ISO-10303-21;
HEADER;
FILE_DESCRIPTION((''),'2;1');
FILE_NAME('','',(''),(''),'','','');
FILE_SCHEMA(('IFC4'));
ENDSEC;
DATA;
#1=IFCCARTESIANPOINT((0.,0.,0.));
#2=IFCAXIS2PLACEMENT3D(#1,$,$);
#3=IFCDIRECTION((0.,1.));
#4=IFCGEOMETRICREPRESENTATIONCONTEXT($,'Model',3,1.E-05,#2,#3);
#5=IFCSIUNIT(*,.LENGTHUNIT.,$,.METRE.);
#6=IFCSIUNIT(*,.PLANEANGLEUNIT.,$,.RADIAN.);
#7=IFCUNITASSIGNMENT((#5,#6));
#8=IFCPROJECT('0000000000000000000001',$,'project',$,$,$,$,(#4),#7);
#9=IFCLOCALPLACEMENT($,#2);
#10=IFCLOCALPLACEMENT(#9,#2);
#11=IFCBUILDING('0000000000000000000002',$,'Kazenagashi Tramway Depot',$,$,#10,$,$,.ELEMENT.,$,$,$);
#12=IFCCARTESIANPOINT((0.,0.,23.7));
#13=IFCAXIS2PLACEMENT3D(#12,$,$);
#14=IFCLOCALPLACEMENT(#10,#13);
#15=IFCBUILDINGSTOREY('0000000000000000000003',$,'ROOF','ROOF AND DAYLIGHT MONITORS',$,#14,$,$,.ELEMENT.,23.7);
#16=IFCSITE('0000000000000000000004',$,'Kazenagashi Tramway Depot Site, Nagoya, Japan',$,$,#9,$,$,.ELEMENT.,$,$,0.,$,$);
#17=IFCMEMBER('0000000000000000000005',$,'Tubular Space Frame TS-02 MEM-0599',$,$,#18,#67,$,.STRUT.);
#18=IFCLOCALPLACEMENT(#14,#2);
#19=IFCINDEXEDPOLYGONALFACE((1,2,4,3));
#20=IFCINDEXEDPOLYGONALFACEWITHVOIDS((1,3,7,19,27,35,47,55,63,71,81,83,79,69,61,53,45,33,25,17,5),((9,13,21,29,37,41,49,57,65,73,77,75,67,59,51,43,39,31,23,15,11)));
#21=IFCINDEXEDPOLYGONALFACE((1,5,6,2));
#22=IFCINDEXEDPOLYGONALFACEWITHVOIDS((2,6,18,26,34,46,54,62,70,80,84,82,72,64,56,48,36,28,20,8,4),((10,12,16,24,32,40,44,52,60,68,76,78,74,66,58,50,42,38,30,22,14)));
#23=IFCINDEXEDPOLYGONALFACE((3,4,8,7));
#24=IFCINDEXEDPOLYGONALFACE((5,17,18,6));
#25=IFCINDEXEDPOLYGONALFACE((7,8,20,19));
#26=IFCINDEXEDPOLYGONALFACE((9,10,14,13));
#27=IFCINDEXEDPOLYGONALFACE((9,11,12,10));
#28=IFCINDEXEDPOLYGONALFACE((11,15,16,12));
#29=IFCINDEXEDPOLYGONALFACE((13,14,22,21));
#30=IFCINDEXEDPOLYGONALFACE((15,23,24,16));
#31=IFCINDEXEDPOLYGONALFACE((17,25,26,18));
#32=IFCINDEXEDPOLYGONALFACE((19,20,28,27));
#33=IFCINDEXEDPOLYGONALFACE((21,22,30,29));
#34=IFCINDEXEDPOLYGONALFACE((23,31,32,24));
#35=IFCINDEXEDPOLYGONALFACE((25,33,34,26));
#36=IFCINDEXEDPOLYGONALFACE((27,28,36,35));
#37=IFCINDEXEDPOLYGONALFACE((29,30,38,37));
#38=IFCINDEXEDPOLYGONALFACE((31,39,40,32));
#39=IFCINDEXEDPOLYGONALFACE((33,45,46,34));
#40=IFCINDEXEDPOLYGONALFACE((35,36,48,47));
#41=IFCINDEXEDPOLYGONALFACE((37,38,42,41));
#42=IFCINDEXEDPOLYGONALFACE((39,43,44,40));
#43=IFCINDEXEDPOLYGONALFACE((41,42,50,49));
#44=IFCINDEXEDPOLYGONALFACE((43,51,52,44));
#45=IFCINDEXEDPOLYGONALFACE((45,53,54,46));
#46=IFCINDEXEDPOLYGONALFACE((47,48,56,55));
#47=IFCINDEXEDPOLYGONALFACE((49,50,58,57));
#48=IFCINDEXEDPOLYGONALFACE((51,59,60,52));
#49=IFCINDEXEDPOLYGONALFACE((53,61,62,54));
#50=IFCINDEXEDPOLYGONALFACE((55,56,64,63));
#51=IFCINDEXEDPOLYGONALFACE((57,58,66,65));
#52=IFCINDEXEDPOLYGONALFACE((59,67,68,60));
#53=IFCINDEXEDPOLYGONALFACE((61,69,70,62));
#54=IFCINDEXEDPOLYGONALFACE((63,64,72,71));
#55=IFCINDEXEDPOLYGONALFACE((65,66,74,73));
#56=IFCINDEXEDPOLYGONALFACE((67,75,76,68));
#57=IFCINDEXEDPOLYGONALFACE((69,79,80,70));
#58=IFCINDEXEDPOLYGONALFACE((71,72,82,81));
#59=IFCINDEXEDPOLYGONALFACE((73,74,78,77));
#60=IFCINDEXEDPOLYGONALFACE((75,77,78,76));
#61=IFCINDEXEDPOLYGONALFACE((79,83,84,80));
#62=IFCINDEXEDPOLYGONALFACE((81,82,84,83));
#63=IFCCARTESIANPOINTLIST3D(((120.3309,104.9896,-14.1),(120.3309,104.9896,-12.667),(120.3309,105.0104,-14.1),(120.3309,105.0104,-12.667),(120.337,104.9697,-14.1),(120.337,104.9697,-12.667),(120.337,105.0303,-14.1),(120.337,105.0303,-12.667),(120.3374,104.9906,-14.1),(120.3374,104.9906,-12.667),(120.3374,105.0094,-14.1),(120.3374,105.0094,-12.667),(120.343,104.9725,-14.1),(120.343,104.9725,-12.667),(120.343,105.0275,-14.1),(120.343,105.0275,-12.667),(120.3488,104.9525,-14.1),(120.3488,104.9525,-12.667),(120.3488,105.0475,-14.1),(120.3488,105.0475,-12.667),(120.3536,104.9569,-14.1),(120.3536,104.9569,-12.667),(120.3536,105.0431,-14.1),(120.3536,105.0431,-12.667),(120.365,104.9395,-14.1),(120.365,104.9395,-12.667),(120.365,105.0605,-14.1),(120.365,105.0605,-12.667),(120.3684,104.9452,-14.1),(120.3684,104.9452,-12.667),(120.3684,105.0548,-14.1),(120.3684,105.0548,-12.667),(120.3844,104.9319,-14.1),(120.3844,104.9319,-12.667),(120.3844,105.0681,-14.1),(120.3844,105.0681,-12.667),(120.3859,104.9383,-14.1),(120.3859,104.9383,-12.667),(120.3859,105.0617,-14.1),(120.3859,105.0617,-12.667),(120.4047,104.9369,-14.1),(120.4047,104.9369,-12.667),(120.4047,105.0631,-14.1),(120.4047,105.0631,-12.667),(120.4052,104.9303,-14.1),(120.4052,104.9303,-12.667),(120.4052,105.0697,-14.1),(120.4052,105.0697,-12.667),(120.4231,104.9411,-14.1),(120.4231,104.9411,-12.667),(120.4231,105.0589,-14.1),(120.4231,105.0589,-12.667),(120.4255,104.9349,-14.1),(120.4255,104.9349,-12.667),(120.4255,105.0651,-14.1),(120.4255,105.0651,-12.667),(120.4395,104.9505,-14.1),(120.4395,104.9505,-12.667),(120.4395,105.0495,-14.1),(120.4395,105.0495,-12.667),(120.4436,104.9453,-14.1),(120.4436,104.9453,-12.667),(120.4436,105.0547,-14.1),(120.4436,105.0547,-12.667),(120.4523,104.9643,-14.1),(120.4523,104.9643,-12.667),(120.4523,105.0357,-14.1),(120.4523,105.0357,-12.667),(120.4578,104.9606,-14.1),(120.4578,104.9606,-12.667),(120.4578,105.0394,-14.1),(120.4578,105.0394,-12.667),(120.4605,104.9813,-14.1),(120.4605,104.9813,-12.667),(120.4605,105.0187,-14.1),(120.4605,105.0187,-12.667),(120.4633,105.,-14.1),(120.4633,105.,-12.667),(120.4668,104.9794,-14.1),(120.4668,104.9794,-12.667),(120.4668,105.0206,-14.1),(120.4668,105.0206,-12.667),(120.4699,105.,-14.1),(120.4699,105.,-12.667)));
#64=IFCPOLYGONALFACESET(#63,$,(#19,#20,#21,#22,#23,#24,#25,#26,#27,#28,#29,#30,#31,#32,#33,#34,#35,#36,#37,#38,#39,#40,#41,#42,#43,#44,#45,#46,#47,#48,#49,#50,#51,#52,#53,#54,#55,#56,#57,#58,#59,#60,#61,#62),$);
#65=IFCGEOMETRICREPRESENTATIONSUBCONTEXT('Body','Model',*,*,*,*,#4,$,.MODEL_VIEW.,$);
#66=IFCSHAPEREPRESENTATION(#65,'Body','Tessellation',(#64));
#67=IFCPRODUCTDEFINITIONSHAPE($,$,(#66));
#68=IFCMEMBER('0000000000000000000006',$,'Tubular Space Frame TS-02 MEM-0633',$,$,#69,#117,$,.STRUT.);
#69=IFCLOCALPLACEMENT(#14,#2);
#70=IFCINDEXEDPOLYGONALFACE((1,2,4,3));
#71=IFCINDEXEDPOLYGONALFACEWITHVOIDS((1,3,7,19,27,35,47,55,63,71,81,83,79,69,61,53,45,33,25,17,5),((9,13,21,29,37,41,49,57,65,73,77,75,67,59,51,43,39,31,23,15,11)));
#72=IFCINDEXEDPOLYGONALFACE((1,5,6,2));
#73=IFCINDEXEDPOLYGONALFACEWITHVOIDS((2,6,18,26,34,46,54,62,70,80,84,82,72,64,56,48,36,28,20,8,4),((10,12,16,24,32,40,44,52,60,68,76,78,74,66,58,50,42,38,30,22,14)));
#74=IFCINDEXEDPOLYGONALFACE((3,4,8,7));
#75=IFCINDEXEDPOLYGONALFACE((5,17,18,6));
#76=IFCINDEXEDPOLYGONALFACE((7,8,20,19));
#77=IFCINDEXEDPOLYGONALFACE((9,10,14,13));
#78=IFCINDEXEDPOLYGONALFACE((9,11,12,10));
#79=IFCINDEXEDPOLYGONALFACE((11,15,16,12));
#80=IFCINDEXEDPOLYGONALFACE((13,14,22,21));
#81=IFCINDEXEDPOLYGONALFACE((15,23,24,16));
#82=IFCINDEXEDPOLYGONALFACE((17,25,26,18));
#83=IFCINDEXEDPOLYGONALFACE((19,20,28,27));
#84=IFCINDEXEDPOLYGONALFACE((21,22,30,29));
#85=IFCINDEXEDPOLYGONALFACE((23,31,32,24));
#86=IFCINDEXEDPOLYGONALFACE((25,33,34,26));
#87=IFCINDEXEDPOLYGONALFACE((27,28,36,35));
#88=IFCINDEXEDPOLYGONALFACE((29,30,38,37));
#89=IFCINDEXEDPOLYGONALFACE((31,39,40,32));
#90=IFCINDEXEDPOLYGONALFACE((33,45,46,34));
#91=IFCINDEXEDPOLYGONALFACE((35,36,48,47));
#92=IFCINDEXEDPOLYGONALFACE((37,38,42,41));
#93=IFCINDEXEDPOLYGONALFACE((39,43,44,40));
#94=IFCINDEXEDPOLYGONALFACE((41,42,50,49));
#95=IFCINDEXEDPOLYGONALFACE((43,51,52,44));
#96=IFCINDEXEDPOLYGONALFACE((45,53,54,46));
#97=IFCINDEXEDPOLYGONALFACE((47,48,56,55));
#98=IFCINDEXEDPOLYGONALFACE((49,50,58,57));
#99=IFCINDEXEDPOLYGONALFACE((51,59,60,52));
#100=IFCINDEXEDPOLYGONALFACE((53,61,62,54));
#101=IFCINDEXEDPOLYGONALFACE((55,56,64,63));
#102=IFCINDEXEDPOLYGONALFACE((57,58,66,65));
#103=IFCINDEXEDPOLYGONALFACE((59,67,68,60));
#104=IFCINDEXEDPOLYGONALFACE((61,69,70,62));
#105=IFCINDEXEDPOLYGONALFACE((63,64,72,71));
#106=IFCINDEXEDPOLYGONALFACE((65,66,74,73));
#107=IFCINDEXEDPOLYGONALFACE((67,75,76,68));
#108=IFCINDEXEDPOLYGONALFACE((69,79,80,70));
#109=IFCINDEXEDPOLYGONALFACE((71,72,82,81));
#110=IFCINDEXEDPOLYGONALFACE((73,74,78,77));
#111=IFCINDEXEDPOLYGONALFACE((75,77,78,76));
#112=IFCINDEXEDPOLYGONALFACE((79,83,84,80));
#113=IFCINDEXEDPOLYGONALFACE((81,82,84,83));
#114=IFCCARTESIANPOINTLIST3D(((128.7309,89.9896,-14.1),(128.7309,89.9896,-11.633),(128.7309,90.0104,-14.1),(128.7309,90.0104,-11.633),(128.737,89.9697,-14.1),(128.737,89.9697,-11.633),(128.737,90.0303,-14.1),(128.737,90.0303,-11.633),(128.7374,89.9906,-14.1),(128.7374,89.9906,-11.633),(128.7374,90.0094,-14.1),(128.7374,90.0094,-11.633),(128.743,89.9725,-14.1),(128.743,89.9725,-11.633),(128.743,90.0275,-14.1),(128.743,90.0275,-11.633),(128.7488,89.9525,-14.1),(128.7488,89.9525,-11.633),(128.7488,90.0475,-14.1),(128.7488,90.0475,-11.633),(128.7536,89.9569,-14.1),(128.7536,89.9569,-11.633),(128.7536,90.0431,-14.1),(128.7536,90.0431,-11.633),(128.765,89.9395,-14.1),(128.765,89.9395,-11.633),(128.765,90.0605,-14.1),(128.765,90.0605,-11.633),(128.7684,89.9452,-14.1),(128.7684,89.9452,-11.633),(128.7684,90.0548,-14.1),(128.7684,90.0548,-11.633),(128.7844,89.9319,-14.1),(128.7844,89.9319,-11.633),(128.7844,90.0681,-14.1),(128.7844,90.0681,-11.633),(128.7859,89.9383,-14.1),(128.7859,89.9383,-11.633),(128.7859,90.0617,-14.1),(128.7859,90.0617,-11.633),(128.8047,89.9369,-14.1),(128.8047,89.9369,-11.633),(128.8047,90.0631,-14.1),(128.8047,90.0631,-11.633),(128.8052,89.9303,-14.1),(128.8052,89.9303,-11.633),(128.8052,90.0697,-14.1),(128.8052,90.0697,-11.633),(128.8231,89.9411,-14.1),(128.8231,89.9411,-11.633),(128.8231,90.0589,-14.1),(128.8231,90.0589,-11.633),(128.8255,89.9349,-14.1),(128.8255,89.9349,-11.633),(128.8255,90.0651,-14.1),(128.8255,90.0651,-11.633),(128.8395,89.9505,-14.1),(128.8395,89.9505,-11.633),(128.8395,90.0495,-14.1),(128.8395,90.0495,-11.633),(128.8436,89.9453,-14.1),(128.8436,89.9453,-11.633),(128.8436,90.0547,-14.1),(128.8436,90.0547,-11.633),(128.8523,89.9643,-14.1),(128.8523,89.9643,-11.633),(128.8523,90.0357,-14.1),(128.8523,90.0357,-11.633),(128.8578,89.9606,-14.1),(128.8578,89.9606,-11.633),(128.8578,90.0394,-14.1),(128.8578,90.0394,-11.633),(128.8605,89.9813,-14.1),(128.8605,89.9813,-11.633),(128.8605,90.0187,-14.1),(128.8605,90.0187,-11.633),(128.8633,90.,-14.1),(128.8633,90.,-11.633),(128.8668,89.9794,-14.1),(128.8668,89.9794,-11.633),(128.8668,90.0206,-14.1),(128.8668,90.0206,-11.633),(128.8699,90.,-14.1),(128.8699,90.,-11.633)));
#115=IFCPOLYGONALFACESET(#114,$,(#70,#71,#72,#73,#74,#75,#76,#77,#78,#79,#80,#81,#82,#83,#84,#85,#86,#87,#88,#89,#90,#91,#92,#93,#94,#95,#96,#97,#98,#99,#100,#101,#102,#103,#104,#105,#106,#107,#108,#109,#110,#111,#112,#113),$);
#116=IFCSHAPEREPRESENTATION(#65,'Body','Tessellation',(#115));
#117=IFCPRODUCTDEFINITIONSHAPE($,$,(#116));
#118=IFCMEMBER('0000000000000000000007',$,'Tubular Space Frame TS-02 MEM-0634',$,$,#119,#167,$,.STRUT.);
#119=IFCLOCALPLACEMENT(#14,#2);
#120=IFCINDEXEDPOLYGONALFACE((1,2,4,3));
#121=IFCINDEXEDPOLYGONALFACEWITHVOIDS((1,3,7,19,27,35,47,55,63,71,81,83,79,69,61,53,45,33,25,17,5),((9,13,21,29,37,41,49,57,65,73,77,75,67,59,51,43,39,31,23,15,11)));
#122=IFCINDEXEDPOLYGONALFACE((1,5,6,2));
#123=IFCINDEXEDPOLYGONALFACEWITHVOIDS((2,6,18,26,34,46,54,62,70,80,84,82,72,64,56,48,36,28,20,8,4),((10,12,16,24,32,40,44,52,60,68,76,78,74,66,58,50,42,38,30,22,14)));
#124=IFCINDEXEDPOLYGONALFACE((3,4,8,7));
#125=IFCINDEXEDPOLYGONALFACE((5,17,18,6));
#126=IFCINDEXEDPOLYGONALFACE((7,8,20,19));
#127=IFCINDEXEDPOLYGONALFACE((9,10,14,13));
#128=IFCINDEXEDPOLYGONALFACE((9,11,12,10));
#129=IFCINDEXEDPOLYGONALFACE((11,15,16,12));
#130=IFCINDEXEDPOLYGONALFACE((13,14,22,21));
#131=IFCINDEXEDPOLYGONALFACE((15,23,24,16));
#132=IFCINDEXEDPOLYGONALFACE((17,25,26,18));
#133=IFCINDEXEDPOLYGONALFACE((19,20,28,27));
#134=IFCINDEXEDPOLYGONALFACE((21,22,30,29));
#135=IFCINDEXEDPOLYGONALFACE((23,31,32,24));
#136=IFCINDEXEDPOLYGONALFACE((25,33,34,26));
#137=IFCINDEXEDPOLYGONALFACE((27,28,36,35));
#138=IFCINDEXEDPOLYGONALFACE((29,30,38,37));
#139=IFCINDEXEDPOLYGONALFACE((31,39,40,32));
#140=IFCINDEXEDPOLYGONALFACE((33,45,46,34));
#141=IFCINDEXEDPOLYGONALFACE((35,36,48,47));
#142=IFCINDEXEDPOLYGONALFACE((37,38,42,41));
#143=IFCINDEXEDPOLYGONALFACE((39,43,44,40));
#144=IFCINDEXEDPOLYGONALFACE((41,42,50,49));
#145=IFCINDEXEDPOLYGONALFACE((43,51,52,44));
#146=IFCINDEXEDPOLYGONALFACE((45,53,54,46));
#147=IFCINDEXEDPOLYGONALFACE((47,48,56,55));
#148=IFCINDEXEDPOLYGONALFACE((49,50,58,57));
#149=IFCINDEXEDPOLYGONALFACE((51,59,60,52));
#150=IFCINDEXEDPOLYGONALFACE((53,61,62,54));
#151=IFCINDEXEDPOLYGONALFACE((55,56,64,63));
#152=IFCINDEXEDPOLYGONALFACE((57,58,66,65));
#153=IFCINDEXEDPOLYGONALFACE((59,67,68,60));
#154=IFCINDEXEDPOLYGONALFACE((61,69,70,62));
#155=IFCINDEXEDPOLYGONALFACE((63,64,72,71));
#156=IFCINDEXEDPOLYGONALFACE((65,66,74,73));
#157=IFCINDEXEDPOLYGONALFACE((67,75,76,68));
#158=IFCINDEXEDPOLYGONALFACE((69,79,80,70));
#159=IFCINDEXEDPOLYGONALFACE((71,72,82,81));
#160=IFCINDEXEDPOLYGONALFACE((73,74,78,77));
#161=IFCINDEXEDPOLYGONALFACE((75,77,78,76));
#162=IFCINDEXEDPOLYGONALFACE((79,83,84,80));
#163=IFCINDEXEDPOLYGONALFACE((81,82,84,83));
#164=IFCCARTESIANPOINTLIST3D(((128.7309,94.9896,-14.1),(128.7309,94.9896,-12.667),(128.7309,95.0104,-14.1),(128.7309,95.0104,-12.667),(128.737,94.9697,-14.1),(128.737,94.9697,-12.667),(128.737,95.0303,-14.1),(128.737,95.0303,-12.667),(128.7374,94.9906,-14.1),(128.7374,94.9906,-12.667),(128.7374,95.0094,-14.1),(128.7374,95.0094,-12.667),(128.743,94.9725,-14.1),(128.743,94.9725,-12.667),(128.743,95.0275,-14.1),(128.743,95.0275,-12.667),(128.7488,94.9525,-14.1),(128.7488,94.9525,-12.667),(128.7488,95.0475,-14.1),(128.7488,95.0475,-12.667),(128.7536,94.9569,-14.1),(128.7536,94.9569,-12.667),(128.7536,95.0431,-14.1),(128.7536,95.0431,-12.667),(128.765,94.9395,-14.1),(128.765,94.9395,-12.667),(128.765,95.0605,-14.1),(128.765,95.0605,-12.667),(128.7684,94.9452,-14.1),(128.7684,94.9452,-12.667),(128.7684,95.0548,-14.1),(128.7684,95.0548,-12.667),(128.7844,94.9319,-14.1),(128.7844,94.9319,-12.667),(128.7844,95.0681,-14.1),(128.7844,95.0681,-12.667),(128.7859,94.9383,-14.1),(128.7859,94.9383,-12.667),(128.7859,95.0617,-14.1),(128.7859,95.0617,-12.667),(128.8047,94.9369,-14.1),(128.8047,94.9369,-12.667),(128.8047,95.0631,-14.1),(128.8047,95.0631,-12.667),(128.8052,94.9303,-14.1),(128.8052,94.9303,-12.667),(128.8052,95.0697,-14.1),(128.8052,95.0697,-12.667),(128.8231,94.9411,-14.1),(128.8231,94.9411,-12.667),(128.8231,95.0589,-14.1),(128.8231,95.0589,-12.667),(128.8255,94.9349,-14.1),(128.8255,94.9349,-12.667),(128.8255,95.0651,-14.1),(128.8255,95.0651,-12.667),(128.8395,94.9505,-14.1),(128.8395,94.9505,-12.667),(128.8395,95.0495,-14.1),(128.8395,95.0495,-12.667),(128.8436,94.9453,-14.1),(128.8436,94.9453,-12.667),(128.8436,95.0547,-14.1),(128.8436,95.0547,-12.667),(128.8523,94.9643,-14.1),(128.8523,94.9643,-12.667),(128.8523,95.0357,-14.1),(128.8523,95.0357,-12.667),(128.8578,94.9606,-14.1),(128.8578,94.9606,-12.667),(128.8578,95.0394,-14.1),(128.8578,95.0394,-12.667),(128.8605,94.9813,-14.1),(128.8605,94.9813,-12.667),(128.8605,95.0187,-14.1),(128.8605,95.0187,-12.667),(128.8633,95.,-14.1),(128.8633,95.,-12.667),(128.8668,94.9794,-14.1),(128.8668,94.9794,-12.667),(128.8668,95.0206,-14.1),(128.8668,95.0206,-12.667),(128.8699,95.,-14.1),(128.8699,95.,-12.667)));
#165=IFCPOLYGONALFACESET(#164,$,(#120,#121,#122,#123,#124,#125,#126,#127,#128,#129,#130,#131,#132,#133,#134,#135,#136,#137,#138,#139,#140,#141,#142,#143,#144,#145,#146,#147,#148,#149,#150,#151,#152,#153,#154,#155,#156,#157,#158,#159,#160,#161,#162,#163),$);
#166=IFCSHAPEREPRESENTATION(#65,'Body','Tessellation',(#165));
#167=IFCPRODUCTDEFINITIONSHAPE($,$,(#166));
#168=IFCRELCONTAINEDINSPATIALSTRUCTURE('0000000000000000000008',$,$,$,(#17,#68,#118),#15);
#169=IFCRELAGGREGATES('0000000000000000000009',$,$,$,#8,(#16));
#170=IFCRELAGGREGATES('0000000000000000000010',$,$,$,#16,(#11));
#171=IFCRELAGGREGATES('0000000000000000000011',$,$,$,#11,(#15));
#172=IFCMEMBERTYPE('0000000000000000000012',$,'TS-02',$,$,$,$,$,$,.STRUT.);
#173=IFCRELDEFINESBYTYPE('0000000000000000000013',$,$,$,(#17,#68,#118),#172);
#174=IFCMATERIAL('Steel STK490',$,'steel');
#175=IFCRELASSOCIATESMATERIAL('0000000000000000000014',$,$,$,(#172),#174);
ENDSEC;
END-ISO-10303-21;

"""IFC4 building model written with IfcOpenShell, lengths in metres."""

from ifc_helpers import new_model, si_unit, direction, frame, origin, origin_2d, place, context, subcontext, project, spatial, hollow_circle, extrude, material, material_profile, profile_set, type_object, element, save


model = new_model("IFC4")

# Units and contexts
model_context = context("Model", 3, precision=1e-05, world=origin(), true_north=direction((0.0, 1.0)))
body_context = subcontext(model_context, "Body", "Model", "MODEL_VIEW")
ifc_project = project(units=[si_unit("LENGTHUNIT", "METRE"), si_unit("PLANEANGLEUNIT", "RADIAN")], contexts=[model_context])

# Site, building, storey
site_placement = place(None, origin())
site = spatial("IfcSite", under=ifc_project, at=site_placement, Name="Kazenagashi Tramway Depot Site, Nagoya, Japan", CompositionType="ELEMENT", RefElevation=0.0)
building_placement = place(site_placement, origin())
building = spatial("IfcBuilding", under=site, at=building_placement, Name="Kazenagashi Tramway Depot", CompositionType="ELEMENT")
storey_placement = place(building_placement, frame((0.0, 0.0, 23.7)))
storey = spatial("IfcBuildingStorey", under=building, at=storey_placement, Name="ROOF", Description="ROOF AND DAYLIGHT MONITORS", CompositionType="ELEMENT", Elevation=23.7)

# Members
ifc_material_1 = material(Name="Steel STK490", Category="steel")
ifc_material_profile_1 = material_profile(ifc_material_1, hollow_circle(Radius=0.0699, WallThickness=0.0066, at=origin_2d()), Name="CHS-139.8x6.6")
ifc_profile_set_1 = profile_set([ifc_material_profile_1], Name="Steel STK490")
member_type_1 = type_object("IfcMemberType", Name="TS-02", PredefinedType="STRUT", material=ifc_profile_set_1)
member_1_placement = place(storey_placement, frame((120.4, 105.0, -14.1), z_axis=(0.0, 0.0, 1.0), x_axis=(1.0, 0.0, 0.0)))
element("IfcMember", 1, at=member_1_placement, inside=storey, type_object=member_type_1, Name="Tubular Space Frame TS-02 MEM-0599", PredefinedType="STRUT", context=body_context, shape_type="SweptSolid", body=[
    extrude(hollow_circle(Radius=0.0699, WallThickness=0.0066, at=origin_2d()), origin(), (0.0, 0.0, 1.0), 1.433),
])
member_2_placement = place(storey_placement, frame((128.8, 90.0, -14.1), z_axis=(0.0, 0.0, 1.0), x_axis=(1.0, 0.0, 0.0)))
element("IfcMember", 2, at=member_2_placement, inside=storey, type_object=member_type_1, Name="Tubular Space Frame TS-02 MEM-0633", PredefinedType="STRUT", context=body_context, shape_type="SweptSolid", body=[
    extrude(hollow_circle(Radius=0.0699, WallThickness=0.0066, at=origin_2d()), origin(), (0.0, 0.0, 1.0), 2.467),
])
member_3_placement = place(storey_placement, frame((128.8, 95.0, -14.1), z_axis=(0.0, 0.0, 1.0), x_axis=(1.0, 0.0, 0.0)))
element("IfcMember", 3, at=member_3_placement, inside=storey, type_object=member_type_1, Name="Tubular Space Frame TS-02 MEM-0634", PredefinedType="STRUT", context=body_context, shape_type="SweptSolid", body=[
    extrude(hollow_circle(Radius=0.0699, WallThickness=0.0066, at=origin_2d()), origin(), (0.0, 0.0, 1.0), 1.433),
])

save(model, "model.ifc")
